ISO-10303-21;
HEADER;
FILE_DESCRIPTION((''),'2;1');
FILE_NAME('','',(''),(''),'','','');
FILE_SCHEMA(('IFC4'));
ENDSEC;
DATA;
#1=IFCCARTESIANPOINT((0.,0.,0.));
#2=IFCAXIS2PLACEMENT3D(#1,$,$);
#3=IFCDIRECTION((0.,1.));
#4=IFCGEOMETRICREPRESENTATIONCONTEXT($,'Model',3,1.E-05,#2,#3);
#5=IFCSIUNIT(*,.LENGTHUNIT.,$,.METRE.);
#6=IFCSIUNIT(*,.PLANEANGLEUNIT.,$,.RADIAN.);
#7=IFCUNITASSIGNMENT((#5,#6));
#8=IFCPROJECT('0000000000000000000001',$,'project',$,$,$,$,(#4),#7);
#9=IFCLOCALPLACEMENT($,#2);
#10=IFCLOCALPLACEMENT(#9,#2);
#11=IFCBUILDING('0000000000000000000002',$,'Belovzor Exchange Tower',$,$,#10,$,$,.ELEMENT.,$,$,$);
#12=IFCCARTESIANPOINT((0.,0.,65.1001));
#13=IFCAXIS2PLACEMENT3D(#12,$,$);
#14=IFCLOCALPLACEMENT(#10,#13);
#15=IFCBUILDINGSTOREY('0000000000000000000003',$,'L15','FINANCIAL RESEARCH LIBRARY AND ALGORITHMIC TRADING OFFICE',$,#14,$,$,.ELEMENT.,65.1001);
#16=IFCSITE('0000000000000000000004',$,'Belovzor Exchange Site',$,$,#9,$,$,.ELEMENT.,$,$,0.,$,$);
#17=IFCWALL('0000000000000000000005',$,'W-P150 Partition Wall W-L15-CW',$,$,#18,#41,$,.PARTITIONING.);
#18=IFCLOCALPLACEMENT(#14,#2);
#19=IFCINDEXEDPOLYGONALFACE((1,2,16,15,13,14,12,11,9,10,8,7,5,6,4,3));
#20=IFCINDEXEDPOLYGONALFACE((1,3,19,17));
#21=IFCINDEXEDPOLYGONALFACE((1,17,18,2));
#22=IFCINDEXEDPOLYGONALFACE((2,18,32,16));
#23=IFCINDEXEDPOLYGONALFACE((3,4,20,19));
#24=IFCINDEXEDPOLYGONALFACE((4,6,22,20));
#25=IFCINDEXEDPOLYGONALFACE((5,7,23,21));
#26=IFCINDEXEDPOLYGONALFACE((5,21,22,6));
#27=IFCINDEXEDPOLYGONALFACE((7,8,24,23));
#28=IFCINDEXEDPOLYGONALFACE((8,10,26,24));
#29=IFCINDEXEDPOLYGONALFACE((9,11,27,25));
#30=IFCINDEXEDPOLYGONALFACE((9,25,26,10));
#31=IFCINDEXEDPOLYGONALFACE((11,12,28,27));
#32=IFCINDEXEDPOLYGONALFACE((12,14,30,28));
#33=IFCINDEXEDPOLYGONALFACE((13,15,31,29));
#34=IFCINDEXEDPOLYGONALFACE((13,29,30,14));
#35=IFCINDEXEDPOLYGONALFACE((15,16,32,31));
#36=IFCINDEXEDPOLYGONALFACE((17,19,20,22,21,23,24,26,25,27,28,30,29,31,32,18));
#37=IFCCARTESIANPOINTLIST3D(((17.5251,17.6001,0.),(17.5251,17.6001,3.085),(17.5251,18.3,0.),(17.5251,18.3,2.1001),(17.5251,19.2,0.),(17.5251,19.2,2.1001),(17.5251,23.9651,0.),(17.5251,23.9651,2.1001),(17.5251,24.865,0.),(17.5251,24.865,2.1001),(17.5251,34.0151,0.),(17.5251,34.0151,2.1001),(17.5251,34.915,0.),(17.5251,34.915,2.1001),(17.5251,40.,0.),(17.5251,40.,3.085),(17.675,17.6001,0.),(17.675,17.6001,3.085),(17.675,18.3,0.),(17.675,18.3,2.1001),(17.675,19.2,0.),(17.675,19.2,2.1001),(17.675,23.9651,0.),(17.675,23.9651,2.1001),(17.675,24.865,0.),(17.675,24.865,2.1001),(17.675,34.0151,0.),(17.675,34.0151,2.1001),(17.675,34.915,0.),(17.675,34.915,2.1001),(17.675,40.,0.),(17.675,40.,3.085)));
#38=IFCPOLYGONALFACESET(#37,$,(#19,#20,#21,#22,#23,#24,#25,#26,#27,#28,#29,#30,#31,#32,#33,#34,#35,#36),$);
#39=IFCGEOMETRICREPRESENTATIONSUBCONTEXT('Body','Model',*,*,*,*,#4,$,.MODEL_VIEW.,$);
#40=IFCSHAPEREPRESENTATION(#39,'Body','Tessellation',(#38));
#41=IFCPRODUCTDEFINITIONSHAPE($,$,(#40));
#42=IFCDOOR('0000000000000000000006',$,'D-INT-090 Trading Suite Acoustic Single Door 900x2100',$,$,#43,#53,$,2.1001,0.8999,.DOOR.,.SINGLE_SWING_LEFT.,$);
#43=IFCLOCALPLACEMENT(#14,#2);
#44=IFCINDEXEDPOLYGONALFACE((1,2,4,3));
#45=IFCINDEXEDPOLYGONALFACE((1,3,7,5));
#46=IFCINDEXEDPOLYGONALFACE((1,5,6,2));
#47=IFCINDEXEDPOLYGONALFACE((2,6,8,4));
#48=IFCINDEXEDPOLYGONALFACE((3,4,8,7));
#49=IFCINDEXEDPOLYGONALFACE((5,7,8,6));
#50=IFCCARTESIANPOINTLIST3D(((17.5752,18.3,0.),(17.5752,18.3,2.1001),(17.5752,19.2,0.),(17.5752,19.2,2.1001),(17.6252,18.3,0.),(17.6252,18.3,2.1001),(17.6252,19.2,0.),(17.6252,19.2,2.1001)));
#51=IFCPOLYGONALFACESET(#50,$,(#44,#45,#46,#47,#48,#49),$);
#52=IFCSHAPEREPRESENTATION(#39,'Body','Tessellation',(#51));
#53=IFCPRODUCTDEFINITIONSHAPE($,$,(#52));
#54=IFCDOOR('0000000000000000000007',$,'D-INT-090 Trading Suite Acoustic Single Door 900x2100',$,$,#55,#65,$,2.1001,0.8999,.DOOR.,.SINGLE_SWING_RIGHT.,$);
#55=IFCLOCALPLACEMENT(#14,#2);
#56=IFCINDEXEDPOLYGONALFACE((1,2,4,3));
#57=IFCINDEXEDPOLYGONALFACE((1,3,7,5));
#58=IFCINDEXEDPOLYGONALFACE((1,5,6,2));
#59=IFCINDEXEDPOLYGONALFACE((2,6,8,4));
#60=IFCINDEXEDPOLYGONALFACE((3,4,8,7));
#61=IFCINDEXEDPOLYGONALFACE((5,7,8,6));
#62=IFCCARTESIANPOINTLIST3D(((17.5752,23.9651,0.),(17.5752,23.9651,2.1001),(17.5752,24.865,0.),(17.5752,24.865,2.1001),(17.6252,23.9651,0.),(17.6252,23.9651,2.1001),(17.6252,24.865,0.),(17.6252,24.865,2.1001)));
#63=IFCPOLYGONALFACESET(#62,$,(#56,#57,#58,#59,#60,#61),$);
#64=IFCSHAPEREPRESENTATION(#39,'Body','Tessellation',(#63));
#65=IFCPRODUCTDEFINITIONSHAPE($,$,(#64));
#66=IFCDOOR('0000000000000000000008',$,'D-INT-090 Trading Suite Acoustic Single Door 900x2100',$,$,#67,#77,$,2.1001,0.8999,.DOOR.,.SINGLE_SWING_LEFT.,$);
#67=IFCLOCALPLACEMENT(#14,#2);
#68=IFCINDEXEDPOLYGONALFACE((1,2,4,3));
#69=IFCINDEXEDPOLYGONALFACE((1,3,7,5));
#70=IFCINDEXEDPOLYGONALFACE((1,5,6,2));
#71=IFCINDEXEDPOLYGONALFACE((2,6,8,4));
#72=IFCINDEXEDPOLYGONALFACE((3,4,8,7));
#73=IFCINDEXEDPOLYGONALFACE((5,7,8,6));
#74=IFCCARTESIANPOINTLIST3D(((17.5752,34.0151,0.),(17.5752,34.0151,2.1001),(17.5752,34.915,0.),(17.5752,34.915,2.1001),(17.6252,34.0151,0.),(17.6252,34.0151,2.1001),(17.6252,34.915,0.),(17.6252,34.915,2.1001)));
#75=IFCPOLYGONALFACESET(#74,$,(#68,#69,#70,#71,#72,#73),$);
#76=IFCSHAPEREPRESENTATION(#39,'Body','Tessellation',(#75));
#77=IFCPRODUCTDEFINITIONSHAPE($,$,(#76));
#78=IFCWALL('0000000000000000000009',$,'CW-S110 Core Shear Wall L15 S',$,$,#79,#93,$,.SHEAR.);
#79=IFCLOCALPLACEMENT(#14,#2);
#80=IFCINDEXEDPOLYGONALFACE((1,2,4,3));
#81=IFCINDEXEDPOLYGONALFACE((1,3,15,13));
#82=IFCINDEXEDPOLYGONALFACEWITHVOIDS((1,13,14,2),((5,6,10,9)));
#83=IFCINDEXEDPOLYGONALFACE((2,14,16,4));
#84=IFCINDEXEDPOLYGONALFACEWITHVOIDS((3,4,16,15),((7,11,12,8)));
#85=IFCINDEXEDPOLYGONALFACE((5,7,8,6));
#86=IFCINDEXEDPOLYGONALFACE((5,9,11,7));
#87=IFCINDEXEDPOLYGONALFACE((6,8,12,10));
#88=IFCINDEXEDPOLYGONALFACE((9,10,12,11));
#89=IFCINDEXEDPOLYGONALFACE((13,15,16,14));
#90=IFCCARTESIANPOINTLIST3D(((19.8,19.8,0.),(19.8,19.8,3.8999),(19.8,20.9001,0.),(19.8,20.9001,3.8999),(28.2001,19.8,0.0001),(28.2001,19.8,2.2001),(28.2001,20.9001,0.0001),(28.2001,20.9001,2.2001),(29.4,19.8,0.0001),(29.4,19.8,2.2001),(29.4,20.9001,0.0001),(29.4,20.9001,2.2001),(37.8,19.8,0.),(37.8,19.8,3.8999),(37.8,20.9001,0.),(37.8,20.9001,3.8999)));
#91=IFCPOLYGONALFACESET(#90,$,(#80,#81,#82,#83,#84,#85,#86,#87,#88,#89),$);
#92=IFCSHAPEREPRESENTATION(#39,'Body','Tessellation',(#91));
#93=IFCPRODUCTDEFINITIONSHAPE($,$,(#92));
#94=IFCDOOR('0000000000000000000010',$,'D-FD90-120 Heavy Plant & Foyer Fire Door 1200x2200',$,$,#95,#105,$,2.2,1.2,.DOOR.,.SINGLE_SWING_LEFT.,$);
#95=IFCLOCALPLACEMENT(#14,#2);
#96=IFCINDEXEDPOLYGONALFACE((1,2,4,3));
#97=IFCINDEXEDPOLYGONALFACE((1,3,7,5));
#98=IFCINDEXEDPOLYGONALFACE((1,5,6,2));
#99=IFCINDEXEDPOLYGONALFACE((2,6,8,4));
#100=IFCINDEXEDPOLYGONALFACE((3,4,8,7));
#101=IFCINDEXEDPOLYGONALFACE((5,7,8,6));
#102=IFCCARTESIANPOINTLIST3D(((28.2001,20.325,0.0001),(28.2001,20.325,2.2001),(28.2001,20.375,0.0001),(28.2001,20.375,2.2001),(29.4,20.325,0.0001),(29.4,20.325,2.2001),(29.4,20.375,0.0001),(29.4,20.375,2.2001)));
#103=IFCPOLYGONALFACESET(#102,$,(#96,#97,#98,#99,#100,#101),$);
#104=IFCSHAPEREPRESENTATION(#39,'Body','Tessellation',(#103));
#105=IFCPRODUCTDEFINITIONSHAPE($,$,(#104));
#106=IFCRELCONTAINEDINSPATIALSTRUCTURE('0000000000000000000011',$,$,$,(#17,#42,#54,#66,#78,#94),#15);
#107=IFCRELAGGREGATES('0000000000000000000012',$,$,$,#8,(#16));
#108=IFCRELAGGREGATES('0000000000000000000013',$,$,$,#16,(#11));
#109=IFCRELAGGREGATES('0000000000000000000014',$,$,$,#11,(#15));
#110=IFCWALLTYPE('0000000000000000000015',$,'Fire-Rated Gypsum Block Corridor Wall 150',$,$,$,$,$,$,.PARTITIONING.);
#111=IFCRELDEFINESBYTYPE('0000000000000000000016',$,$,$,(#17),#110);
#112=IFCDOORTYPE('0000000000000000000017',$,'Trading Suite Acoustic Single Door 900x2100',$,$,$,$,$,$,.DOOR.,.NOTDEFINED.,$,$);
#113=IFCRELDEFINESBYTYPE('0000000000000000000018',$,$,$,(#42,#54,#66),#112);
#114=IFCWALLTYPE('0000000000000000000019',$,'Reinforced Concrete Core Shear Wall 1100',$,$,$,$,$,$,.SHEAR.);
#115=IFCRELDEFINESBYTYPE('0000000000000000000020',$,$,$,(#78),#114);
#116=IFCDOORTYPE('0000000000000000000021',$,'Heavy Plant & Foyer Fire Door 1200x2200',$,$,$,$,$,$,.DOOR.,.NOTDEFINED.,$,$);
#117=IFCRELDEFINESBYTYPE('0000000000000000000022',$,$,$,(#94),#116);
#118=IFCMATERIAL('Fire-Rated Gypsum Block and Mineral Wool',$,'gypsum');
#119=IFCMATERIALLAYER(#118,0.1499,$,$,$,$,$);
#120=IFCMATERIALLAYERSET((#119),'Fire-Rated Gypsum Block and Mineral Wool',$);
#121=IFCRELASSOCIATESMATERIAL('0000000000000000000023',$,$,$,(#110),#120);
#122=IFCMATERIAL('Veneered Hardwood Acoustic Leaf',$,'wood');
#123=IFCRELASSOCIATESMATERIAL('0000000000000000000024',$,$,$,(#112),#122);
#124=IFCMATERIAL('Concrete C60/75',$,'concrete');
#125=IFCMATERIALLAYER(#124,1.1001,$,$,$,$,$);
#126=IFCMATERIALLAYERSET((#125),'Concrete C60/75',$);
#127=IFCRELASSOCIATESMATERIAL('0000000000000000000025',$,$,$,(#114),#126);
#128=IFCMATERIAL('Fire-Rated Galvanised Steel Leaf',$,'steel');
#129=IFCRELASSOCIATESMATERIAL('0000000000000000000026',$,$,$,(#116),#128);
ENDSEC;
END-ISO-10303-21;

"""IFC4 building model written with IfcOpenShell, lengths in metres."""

from ifc_helpers import new_model, si_unit, direction, frame, frame_2d, origin, place, context, subcontext, project, spatial, rectangle, extrude, material, layer, layer_set, type_object, element, fill, save


model = new_model("IFC4")

# Units and contexts
model_context = context("Model", 3, precision=1e-05, world=origin(), true_north=direction((0.0, 1.0)))
body_context = subcontext(model_context, "Body", "Model", "MODEL_VIEW")
ifc_project = project(units=[si_unit("LENGTHUNIT", "METRE"), si_unit("PLANEANGLEUNIT", "RADIAN")], contexts=[model_context])

# Site, building, storey
site_placement = place(None, origin())
site = spatial("IfcSite", under=ifc_project, at=site_placement, Name="Belovzor Exchange Site", CompositionType="ELEMENT", RefElevation=0.0)
building_placement = place(site_placement, origin())
building = spatial("IfcBuilding", under=site, at=building_placement, Name="Belovzor Exchange Tower", CompositionType="ELEMENT")
storey_placement = place(building_placement, frame((0.0, 0.0, 65.1001)))
storey = spatial("IfcBuildingStorey", under=building, at=storey_placement, Name="L15", Description="FINANCIAL RESEARCH LIBRARY AND ALGORITHMIC TRADING OFFICE", CompositionType="ELEMENT", Elevation=65.1001)

# Shared definitions
ifc_material_1 = material(Name="Fire-Rated Gypsum Block and Mineral Wool", Category="gypsum")
ifc_layer_1 = layer(ifc_material_1, 0.1499)
ifc_layer_set_1 = layer_set([ifc_layer_1], Name="Fire-Rated Gypsum Block and Mineral Wool")
wall_type_1 = type_object("IfcWallType", Name="Fire-Rated Gypsum Block Corridor Wall 150", PredefinedType="PARTITIONING", material=ifc_layer_set_1)

# Wall, openings, doors
ifc_material_2 = material(Name="Veneered Hardwood Acoustic Leaf", Category="wood")
door_type_1 = type_object("IfcDoorType", Name="Trading Suite Acoustic Single Door 900x2100", OperationType="NOTDEFINED", PredefinedType="DOOR", material=ifc_material_2)
wall_1_placement = place(storey_placement, frame((17.6001, 17.6001, 0.0), z_axis=(0.0, 0.0, 1.0), x_axis=(0.0, 1.0, 0.0)))
wall_1 = element("IfcWall", 1, at=wall_1_placement, inside=storey, type_object=wall_type_1, Name="W-P150 Partition Wall W-L15-CW", PredefinedType="PARTITIONING", context=body_context, shape_type="SweptSolid", body=[
    extrude(rectangle(XDim=22.3999, YDim=0.1499, at=frame_2d((11.2, 0.0))), origin(), (0.0, 0.0, 1.0), 3.085),
])
opening_1_placement = place(wall_1_placement, frame((0.7, 0.0, 0.0)))
opening_1 = element("IfcOpeningElement", 2, at=opening_1_placement, cuts=wall_1, PredefinedType="OPENING", context=body_context, shape_type="SweptSolid", body=[
    extrude(rectangle(XDim=0.8999, YDim=2.1001, at=frame_2d((0.45, 1.05))), frame((0.0, 0.085, 0.0), z_axis=(0.0, -1.0, 0.0), x_axis=(1.0, 0.0, 0.0)), (0.0, 0.0, 1.0), 0.1699),
])
opening_2_placement = place(wall_1_placement, frame((6.365, 0.0, 0.0)))
opening_2 = element("IfcOpeningElement", 3, at=opening_2_placement, cuts=wall_1, PredefinedType="OPENING", context=body_context, shape_type="SweptSolid", body=[
    extrude(rectangle(XDim=0.8999, YDim=2.1001, at=frame_2d((0.45, 1.05))), frame((0.0, 0.085, 0.0), z_axis=(0.0, -1.0, 0.0), x_axis=(1.0, 0.0, 0.0)), (0.0, 0.0, 1.0), 0.1699),
])
opening_3_placement = place(wall_1_placement, frame((16.415, 0.0, 0.0)))
opening_3 = element("IfcOpeningElement", 4, at=opening_3_placement, cuts=wall_1, PredefinedType="OPENING", context=body_context, shape_type="SweptSolid", body=[
    extrude(rectangle(XDim=0.8999, YDim=2.1001, at=frame_2d((0.45, 1.05))), frame((0.0, 0.085, 0.0), z_axis=(0.0, -1.0, 0.0), x_axis=(1.0, 0.0, 0.0)), (0.0, 0.0, 1.0), 0.1699),
])
door_1_placement = place(opening_1_placement, origin())
door_1 = element("IfcDoor", 5, at=door_1_placement, inside=storey, type_object=door_type_1, Name="D-INT-090 Trading Suite Acoustic Single Door 900x2100", OperationType="SINGLE_SWING_LEFT", OverallHeight=2.1001, OverallWidth=0.8999, PredefinedType="DOOR", context=body_context, shape_type="SweptSolid", body=[
    extrude(rectangle(XDim=0.8999, YDim=2.1001, at=frame_2d((0.45, 1.05))), frame((0.0, 0.0249, 0.0), z_axis=(0.0, -1.0, 0.0), x_axis=(1.0, 0.0, 0.0)), (0.0, 0.0, 1.0), 0.05),
])
fill(opening_1, door_1)
door_2_placement = place(opening_2_placement, origin())
door_2 = element("IfcDoor", 6, at=door_2_placement, inside=storey, type_object=door_type_1, Name="D-INT-090 Trading Suite Acoustic Single Door 900x2100", OperationType="SINGLE_SWING_RIGHT", OverallHeight=2.1001, OverallWidth=0.8999, PredefinedType="DOOR", context=body_context, shape_type="SweptSolid", body=[
    extrude(rectangle(XDim=0.8999, YDim=2.1001, at=frame_2d((0.45, 1.05))), frame((0.0, 0.0249, 0.0), z_axis=(0.0, -1.0, 0.0), x_axis=(1.0, 0.0, 0.0)), (0.0, 0.0, 1.0), 0.05),
])
fill(opening_2, door_2)
door_3_placement = place(opening_3_placement, origin())
door_3 = element("IfcDoor", 7, at=door_3_placement, inside=storey, type_object=door_type_1, Name="D-INT-090 Trading Suite Acoustic Single Door 900x2100", OperationType="SINGLE_SWING_LEFT", OverallHeight=2.1001, OverallWidth=0.8999, PredefinedType="DOOR", context=body_context, shape_type="SweptSolid", body=[
    extrude(rectangle(XDim=0.8999, YDim=2.1001, at=frame_2d((0.45, 1.05))), frame((0.0, 0.0249, 0.0), z_axis=(0.0, -1.0, 0.0), x_axis=(1.0, 0.0, 0.0)), (0.0, 0.0, 1.0), 0.05),
])
fill(opening_3, door_3)

# Wall, opening, door
ifc_material_3 = material(Name="Concrete C60/75", Category="concrete")
ifc_layer_2 = layer(ifc_material_3, 1.1001)
ifc_layer_set_2 = layer_set([ifc_layer_2], Name="Concrete C60/75")
wall_type_2 = type_object("IfcWallType", Name="Reinforced Concrete Core Shear Wall 1100", PredefinedType="SHEAR", material=ifc_layer_set_2)
wall_2_placement = place(storey_placement, frame((19.8, 20.3501, 0.0), z_axis=(0.0, 0.0, 1.0), x_axis=(1.0, 0.0, 0.0)))
wall_2 = element("IfcWall", 8, at=wall_2_placement, inside=storey, type_object=wall_type_2, Name="CW-S110 Core Shear Wall L15 S", PredefinedType="SHEAR", context=body_context, shape_type="SweptSolid", body=[
    extrude(rectangle(XDim=18.0, YDim=1.1001, at=frame_2d((9.0, 0.0))), origin(), (0.0, 0.0, 1.0), 3.8999),
])
opening_4_placement = place(wall_2_placement, frame((8.3999, 0.0, 0.0)))
opening_4 = element("IfcOpeningElement", 9, at=opening_4_placement, cuts=wall_2, PredefinedType="OPENING", context=body_context, shape_type="SweptSolid", body=[
    extrude(rectangle(XDim=1.2, YDim=2.2, at=frame_2d((0.6001, 1.1001))), frame((0.0, 0.5601, 0.0), z_axis=(0.0, -1.0, 0.0), x_axis=(1.0, 0.0, 0.0)), (0.0, 0.0, 1.0), 1.1201),
])
ifc_material_4 = material(Name="Fire-Rated Galvanised Steel Leaf", Category="steel")
door_type_2 = type_object("IfcDoorType", Name="Heavy Plant & Foyer Fire Door 1200x2200", OperationType="NOTDEFINED", PredefinedType="DOOR", material=ifc_material_4)
door_4_placement = place(opening_4_placement, origin())
door_4 = element("IfcDoor", 10, at=door_4_placement, inside=storey, type_object=door_type_2, Name="D-FD90-120 Heavy Plant & Foyer Fire Door 1200x2200", OperationType="SINGLE_SWING_LEFT", OverallHeight=2.2, OverallWidth=1.2, PredefinedType="DOOR", context=body_context, shape_type="SweptSolid", body=[
    extrude(rectangle(XDim=1.2, YDim=2.2, at=frame_2d((0.6001, 1.1001))), frame((0.0, 0.0249, 0.0), z_axis=(0.0, -1.0, 0.0), x_axis=(1.0, 0.0, 0.0)), (0.0, 0.0, 1.0), 0.05),
])
fill(opening_4, door_4)

save(model, "model.ifc")
